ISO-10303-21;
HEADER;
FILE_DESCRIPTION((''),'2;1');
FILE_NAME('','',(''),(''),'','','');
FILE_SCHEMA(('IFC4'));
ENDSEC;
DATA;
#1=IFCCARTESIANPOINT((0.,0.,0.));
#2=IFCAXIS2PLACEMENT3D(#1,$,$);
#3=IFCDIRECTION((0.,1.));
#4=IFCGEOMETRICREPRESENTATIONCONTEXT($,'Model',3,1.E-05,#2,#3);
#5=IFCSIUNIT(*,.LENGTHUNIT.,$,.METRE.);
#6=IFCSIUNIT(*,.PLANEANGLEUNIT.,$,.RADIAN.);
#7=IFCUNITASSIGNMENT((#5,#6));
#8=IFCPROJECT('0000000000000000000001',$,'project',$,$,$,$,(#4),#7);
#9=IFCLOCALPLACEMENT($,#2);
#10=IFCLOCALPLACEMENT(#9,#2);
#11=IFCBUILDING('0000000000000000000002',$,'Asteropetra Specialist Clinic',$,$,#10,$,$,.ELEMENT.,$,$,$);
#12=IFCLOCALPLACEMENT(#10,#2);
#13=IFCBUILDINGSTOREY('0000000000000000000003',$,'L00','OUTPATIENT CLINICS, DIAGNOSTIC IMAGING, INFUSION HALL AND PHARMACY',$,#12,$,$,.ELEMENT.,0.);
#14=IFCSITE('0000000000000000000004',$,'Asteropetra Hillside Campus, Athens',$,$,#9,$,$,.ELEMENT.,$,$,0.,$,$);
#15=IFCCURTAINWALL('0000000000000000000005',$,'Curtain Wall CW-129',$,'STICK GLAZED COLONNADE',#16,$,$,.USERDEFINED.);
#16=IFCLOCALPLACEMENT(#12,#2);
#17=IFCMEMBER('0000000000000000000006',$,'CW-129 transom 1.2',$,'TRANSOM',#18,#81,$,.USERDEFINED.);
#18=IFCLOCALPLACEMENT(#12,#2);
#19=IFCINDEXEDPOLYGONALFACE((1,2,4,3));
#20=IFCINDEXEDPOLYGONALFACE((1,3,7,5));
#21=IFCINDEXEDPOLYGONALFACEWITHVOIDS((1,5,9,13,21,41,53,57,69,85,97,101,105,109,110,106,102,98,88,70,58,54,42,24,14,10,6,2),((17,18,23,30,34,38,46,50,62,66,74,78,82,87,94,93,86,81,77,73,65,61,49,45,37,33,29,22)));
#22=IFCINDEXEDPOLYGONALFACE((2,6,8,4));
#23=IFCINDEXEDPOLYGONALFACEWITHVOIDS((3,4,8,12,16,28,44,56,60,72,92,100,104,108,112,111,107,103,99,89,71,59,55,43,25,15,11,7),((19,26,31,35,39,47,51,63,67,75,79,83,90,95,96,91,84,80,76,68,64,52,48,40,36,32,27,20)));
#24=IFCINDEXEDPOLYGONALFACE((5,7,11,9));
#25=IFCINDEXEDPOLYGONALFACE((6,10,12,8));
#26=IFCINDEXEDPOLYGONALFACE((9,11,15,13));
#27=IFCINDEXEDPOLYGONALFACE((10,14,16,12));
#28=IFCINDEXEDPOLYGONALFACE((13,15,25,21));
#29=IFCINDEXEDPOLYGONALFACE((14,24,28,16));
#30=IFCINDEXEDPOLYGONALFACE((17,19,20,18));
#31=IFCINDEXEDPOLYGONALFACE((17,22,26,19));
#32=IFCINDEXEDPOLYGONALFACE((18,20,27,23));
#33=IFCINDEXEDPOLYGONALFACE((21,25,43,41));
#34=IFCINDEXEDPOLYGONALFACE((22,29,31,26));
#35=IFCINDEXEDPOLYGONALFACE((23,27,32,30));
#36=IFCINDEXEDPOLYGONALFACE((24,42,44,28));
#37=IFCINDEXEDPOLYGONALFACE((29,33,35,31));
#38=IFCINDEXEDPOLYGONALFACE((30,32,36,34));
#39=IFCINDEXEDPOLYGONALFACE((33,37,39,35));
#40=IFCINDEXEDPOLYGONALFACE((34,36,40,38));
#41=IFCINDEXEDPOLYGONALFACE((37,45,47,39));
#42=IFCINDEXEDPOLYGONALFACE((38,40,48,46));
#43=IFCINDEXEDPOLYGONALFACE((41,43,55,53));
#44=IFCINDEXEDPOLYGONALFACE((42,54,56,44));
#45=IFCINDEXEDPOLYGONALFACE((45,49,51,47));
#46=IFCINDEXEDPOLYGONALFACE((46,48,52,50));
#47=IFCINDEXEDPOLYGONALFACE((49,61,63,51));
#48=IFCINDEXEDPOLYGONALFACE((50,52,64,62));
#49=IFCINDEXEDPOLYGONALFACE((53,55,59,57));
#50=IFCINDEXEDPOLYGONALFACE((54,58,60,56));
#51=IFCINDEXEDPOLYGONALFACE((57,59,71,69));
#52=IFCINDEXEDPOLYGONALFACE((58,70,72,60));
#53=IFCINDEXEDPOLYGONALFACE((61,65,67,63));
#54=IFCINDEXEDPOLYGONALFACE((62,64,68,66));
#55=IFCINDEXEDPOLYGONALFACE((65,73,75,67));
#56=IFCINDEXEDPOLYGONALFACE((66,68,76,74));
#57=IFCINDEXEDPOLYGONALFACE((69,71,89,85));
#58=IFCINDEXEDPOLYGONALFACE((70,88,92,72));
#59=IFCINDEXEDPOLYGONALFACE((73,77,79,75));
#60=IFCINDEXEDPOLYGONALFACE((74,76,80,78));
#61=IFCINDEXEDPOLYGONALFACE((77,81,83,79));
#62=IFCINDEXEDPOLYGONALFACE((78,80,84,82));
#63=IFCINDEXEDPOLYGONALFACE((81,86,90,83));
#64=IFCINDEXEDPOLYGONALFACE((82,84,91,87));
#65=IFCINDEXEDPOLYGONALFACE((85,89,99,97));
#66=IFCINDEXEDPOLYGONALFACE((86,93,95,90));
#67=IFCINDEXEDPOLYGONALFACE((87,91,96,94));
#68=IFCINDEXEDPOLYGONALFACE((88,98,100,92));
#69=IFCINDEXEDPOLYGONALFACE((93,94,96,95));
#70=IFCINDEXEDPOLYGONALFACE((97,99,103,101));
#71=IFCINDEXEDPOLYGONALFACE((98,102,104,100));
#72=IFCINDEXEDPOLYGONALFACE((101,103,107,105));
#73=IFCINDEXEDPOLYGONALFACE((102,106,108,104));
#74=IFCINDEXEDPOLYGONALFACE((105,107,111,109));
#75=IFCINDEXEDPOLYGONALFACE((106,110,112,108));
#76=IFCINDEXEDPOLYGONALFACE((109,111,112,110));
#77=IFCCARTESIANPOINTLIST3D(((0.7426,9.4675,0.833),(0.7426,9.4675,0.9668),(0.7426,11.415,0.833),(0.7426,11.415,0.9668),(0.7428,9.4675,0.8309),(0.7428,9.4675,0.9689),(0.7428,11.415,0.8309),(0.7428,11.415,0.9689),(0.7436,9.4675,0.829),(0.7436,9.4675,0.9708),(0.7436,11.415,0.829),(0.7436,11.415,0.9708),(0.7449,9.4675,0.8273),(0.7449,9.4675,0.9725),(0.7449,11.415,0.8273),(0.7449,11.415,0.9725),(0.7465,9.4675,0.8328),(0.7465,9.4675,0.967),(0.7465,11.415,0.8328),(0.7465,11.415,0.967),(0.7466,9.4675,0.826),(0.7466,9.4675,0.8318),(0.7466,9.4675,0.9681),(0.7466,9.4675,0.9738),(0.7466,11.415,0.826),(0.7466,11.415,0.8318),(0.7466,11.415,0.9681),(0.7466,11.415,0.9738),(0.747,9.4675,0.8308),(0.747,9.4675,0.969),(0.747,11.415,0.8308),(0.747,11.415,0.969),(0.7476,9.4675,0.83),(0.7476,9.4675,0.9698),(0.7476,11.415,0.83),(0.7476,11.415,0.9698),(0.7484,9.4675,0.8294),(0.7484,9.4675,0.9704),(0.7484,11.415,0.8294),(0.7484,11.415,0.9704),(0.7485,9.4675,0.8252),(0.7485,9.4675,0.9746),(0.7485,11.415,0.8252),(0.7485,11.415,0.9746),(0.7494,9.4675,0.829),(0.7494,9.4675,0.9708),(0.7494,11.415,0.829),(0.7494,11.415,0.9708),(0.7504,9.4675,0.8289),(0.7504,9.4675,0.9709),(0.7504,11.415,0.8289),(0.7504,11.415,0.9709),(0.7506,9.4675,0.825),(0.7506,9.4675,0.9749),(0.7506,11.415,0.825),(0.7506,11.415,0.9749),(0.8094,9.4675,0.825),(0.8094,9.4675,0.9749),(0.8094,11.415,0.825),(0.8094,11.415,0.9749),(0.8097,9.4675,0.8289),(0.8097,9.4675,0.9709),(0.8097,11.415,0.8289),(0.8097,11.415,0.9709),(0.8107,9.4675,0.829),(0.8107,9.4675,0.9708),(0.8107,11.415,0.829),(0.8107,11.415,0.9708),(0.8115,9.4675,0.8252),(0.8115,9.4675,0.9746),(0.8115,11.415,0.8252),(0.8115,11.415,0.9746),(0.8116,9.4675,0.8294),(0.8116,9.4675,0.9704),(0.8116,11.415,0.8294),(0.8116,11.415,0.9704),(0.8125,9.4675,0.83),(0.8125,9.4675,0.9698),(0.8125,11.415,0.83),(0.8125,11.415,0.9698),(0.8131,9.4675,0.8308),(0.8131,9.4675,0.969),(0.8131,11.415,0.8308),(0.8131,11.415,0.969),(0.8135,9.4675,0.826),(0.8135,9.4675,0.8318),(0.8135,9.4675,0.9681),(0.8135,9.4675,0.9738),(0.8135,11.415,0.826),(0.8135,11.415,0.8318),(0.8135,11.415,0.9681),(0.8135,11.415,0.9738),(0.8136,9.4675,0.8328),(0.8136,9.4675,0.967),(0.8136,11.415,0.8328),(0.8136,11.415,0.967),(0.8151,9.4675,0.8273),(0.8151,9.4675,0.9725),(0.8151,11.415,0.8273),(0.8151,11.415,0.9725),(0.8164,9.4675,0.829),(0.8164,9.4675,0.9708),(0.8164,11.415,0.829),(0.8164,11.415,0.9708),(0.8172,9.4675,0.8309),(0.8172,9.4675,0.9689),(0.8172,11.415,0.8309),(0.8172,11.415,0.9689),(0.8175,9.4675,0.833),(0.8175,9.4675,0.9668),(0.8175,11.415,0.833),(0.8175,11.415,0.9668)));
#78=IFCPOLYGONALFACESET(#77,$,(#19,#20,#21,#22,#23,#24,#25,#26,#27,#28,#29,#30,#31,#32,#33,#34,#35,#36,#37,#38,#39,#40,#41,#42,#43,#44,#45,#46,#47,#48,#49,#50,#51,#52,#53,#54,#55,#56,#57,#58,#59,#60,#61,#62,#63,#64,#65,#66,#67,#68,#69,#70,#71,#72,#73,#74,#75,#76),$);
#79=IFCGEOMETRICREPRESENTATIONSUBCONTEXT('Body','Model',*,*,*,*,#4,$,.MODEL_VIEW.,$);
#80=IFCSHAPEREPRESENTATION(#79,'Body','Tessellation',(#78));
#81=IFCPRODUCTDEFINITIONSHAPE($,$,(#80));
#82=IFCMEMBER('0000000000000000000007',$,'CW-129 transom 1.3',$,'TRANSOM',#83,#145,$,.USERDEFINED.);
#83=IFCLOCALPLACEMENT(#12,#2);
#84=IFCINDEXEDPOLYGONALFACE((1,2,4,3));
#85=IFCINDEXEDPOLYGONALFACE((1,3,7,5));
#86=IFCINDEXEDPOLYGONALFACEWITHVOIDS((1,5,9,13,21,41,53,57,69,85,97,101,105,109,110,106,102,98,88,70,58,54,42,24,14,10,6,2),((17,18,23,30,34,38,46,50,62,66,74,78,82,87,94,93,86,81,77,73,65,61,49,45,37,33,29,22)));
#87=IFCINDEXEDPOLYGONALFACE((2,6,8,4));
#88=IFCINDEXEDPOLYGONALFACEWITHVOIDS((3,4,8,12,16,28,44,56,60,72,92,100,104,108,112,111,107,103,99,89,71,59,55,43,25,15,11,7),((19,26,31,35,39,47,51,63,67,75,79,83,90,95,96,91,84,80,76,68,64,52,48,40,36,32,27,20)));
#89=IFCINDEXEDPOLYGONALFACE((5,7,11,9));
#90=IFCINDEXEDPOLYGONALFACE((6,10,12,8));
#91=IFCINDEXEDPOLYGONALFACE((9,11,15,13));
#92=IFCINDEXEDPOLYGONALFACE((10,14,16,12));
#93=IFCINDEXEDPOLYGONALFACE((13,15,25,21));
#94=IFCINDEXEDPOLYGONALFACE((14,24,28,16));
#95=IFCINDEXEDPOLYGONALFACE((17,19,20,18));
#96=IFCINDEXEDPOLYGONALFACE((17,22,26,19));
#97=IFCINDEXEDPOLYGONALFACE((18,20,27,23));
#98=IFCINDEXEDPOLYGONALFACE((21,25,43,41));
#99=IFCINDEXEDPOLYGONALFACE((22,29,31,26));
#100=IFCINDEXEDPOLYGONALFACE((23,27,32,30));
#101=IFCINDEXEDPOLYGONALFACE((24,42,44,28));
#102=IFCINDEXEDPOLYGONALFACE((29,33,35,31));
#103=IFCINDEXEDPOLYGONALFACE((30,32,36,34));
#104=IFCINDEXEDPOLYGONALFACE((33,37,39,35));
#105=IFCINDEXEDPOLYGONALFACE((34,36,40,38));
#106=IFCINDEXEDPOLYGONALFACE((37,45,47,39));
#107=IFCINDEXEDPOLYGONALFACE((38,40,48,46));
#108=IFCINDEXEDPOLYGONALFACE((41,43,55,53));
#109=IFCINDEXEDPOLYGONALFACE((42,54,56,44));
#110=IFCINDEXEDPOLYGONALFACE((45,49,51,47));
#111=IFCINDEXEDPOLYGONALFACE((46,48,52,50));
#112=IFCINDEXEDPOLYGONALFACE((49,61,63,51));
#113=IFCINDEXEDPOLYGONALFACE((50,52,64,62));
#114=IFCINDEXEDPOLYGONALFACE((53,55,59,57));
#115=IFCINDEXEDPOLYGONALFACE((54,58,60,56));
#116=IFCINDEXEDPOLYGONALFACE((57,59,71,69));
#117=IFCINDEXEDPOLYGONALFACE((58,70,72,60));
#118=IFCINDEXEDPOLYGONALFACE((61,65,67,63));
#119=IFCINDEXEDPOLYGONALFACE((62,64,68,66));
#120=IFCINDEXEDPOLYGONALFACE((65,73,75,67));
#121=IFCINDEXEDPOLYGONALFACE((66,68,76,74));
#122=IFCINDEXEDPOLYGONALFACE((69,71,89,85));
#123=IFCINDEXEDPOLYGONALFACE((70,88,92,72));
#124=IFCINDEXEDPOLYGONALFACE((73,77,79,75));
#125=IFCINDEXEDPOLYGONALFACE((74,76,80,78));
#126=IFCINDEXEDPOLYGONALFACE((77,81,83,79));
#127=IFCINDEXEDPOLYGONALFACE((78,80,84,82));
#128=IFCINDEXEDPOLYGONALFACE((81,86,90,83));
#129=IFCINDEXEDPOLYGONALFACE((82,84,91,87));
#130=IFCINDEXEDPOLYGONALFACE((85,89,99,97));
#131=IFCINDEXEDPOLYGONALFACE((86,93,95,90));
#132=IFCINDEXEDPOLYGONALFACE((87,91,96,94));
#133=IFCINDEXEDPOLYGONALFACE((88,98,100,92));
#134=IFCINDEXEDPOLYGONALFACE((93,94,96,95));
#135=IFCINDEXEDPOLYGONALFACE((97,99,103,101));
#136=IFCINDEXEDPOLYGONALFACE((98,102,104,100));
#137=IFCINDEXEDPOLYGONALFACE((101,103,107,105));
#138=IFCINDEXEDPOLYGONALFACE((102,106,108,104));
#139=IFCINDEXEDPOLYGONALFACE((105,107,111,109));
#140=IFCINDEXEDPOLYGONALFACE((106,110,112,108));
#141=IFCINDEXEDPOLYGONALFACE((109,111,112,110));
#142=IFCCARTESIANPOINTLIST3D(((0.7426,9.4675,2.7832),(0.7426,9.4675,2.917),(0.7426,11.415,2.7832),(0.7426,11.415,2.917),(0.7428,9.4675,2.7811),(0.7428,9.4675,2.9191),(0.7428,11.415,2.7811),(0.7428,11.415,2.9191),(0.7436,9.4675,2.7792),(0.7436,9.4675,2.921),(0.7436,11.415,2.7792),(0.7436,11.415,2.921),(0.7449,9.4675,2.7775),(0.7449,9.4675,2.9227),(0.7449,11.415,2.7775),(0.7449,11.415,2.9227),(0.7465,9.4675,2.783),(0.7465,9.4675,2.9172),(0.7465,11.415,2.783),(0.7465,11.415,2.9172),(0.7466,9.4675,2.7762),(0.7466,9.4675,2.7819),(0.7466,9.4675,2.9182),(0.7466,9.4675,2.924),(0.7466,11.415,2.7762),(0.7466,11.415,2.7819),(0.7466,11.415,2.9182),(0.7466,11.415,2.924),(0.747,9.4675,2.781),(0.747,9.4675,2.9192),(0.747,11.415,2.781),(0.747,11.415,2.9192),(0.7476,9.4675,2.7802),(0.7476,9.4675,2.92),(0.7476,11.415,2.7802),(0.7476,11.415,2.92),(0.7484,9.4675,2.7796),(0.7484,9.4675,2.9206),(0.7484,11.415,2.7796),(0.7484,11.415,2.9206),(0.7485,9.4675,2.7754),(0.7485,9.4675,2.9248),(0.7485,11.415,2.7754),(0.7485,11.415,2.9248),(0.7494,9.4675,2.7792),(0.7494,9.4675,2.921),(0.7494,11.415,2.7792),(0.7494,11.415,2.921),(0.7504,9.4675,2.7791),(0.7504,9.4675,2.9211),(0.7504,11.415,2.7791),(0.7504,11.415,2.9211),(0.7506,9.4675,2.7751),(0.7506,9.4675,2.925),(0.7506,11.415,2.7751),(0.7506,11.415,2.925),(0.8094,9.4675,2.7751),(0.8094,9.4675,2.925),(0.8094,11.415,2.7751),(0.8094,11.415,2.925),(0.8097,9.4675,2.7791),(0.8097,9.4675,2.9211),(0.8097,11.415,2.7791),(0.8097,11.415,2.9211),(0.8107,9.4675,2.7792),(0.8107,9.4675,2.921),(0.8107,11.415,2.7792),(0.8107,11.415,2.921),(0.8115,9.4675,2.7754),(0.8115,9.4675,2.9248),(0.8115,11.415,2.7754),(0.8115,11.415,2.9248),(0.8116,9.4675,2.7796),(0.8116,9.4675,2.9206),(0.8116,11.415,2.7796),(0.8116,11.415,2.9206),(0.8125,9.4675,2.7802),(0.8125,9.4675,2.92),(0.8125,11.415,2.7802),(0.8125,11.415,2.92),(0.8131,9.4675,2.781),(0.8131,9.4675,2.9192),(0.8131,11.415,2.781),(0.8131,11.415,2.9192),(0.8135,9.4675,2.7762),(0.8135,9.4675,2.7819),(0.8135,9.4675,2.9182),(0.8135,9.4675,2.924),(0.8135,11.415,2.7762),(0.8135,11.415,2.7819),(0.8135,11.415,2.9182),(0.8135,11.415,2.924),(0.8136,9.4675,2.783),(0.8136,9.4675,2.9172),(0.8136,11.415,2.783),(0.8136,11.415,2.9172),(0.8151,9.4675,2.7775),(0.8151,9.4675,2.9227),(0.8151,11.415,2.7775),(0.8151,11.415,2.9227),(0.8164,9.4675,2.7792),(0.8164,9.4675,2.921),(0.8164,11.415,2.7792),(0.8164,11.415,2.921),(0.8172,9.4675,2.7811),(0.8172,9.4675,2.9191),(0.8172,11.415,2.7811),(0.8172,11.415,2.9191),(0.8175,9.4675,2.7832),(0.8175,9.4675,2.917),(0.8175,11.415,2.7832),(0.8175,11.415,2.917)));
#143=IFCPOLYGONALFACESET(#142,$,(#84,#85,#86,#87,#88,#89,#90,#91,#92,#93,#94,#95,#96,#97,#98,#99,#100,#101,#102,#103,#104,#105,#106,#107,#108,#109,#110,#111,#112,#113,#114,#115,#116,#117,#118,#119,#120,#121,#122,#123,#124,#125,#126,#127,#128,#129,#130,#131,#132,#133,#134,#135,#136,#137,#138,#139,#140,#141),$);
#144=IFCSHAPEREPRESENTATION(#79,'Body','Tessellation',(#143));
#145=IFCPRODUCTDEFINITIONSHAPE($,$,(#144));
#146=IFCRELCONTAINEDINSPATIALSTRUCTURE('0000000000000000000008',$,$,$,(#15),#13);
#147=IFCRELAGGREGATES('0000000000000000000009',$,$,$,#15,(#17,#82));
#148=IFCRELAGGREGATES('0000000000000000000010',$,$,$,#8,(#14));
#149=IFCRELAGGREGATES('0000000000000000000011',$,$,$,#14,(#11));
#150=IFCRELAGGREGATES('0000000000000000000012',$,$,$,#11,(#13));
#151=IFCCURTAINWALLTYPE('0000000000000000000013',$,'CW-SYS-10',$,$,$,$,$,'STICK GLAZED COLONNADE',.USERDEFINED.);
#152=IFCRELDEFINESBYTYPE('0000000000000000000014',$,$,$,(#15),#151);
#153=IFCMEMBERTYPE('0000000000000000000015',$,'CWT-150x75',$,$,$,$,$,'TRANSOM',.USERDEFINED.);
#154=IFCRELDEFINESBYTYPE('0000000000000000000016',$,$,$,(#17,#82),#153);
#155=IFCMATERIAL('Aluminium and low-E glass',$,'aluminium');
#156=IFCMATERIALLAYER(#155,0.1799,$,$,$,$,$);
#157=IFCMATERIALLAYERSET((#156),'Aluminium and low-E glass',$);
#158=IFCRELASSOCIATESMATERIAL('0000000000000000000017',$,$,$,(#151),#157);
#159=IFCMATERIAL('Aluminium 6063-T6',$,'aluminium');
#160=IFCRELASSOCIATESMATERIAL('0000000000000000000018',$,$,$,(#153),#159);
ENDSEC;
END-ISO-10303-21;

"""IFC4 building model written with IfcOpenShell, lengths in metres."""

from ifc_helpers import new_model, si_unit, direction, frame, origin, origin_2d, place, context, subcontext, project, spatial, hollow_rectangle, extrude, material, layer, layer_set, material_profile, profile_set, type_object, element, aggregate, save


model = new_model("IFC4")

# Units and contexts
model_context = context("Model", 3, precision=1e-05, world=origin(), true_north=direction((0.0, 1.0)))
body_context = subcontext(model_context, "Body", "Model", "MODEL_VIEW")
ifc_project = project(units=[si_unit("LENGTHUNIT", "METRE"), si_unit("PLANEANGLEUNIT", "RADIAN")], contexts=[model_context])

# Site, building, storey
site_placement = place(None, origin())
site = spatial("IfcSite", under=ifc_project, at=site_placement, Name="Asteropetra Hillside Campus, Athens", CompositionType="ELEMENT", RefElevation=0.0)
building_placement = place(site_placement, origin())
building = spatial("IfcBuilding", under=site, at=building_placement, Name="Asteropetra Specialist Clinic", CompositionType="ELEMENT")
storey_placement = place(building_placement, origin())
storey = spatial("IfcBuildingStorey", under=building, at=storey_placement, Name="L00", Description="OUTPATIENT CLINICS, DIAGNOSTIC IMAGING, INFUSION HALL AND PHARMACY", CompositionType="ELEMENT", Elevation=0.0)

# Curtain wall
ifc_material_1 = material(Name="Aluminium and low-E glass", Category="aluminium")
ifc_layer_1 = layer(ifc_material_1, 0.1799)
ifc_layer_set_1 = layer_set([ifc_layer_1], Name="Aluminium and low-E glass")
curtain_wall_type = type_object("IfcCurtainWallType", Name="CW-SYS-10", ElementType="STICK GLAZED COLONNADE", PredefinedType="USERDEFINED", material=ifc_layer_set_1)
curtain_wall_1_placement = place(storey_placement, origin())
curtain_wall_1 = element("IfcCurtainWall", 1, at=curtain_wall_1_placement, inside=storey, type_object=curtain_wall_type, Name="Curtain Wall CW-129", ObjectType="STICK GLAZED COLONNADE", PredefinedType="USERDEFINED")

# Members
ifc_material_2 = material(Name="Aluminium 6063-T6", Category="aluminium")
ifc_material_profile_1 = material_profile(ifc_material_2, hollow_rectangle(XDim=0.075, YDim=0.1499, WallThickness=0.0039, InnerFilletRadius=0.0039, OuterFilletRadius=0.0081, at=origin_2d()), Name="TRN 150x75x4.0")
ifc_profile_set_1 = profile_set([ifc_material_profile_1], Name="Aluminium 6063-T6")
member_type_1 = type_object("IfcMemberType", Name="CWT-150x75", ElementType="TRANSOM", PredefinedType="USERDEFINED", material=ifc_profile_set_1)
member_1_placement = place(storey_placement, frame((0.78, 11.415, 0.8999), z_axis=(0.0, -1.0, 0.0), x_axis=(1.0, 0.0, 0.0)))
member_1 = element("IfcMember", 2, at=member_1_placement, type_object=member_type_1, Name="CW-129 transom 1.2", ObjectType="TRANSOM", PredefinedType="USERDEFINED", context=body_context, shape_type="SweptSolid", body=[
    extrude(hollow_rectangle(XDim=0.075, YDim=0.1499, WallThickness=0.0039, InnerFilletRadius=0.0039, OuterFilletRadius=0.0081, at=origin_2d()), origin(), (0.0, 0.0, 1.0), 1.9475),
])
member_2_placement = place(storey_placement, frame((0.78, 11.415, 2.8501), z_axis=(0.0, -1.0, 0.0), x_axis=(1.0, 0.0, 0.0)))
member_2 = element("IfcMember", 3, at=member_2_placement, type_object=member_type_1, Name="CW-129 transom 1.3", ObjectType="TRANSOM", PredefinedType="USERDEFINED", context=body_context, shape_type="SweptSolid", body=[
    extrude(hollow_rectangle(XDim=0.075, YDim=0.1499, WallThickness=0.0039, InnerFilletRadius=0.0039, OuterFilletRadius=0.0081, at=origin_2d()), origin(), (0.0, 0.0, 1.0), 1.9475),
])

aggregate(curtain_wall_1, [member_1, member_2])

save(model, "model.ifc")
